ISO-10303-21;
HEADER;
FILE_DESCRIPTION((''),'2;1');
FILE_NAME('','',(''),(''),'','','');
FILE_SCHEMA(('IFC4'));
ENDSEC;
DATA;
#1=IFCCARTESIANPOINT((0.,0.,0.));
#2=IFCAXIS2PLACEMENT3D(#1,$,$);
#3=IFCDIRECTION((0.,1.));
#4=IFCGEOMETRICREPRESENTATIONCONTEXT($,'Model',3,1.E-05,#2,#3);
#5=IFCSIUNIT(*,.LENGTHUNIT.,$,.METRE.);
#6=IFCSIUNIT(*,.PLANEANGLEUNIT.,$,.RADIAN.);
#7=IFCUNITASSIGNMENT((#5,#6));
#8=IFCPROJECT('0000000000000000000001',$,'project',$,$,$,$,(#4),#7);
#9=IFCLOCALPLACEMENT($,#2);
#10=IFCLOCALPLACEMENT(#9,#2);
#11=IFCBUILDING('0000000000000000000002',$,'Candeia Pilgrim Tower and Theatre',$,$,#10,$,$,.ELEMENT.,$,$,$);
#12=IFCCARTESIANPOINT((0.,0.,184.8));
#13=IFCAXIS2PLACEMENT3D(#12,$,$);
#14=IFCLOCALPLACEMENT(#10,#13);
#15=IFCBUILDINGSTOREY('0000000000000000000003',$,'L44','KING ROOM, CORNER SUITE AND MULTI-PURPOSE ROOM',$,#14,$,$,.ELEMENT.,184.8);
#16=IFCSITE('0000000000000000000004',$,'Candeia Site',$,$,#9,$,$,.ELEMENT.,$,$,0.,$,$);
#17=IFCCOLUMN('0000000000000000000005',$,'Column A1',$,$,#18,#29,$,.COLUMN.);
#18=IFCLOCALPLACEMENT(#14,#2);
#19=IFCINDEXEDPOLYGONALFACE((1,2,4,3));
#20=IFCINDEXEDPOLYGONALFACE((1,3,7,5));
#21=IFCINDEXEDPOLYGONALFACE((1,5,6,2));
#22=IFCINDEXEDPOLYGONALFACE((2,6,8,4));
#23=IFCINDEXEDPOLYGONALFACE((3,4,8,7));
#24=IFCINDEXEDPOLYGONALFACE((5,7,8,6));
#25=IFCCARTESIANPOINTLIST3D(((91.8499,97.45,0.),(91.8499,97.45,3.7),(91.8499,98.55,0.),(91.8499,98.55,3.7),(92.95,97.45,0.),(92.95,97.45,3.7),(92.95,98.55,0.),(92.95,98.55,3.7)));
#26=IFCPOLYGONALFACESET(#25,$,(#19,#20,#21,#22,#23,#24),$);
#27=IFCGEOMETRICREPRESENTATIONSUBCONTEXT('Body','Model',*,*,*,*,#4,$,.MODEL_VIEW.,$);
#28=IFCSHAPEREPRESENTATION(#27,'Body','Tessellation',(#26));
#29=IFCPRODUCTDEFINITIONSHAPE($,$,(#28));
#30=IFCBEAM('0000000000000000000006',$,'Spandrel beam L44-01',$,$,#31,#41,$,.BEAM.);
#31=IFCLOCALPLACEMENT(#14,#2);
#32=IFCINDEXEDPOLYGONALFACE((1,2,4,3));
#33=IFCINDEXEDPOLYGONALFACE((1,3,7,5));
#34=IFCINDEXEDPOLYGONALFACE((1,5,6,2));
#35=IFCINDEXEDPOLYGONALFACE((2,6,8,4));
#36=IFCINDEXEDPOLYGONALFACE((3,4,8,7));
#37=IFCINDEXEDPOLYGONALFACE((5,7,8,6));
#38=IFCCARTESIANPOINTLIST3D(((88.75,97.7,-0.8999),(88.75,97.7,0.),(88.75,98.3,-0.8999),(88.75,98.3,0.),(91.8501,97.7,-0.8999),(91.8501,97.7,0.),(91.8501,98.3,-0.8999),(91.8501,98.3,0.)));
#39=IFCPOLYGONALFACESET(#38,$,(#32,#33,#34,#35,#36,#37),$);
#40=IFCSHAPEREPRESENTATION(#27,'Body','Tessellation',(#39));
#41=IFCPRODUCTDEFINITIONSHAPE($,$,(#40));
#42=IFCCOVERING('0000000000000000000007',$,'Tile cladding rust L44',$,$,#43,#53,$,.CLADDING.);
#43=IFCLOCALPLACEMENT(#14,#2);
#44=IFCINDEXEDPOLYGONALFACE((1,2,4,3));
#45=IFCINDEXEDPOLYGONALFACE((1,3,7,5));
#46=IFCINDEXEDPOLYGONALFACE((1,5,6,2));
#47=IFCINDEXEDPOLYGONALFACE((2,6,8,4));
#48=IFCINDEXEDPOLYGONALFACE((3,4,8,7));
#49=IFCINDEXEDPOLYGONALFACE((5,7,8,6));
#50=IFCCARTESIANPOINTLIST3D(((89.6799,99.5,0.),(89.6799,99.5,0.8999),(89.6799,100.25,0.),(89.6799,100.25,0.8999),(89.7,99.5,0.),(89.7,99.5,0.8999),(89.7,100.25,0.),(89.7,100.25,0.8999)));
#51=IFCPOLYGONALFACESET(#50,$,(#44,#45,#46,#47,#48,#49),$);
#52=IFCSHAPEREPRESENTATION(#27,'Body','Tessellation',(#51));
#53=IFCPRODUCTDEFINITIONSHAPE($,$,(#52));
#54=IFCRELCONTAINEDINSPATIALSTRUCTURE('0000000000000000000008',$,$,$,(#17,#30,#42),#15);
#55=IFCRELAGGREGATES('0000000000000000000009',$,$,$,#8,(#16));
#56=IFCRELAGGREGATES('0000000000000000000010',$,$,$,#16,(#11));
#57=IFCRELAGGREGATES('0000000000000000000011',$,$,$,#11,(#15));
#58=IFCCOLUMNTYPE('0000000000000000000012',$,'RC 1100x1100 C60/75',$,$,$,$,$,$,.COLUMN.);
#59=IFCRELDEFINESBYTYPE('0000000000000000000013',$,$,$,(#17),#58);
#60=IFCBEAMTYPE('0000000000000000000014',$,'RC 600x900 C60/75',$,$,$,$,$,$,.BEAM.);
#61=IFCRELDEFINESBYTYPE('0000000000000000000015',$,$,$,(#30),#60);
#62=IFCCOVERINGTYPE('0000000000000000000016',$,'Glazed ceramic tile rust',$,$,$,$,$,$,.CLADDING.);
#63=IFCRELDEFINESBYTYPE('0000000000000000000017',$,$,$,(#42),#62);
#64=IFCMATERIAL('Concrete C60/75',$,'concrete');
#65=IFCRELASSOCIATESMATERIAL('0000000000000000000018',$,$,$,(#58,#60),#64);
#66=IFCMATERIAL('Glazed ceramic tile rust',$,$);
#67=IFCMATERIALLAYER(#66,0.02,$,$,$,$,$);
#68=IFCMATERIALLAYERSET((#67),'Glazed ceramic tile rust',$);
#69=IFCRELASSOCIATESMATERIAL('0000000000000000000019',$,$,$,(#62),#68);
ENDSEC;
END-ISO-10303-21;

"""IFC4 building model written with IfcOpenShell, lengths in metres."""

from ifc_helpers import new_model, si_unit, direction, frame, origin, origin_2d, place, context, subcontext, project, spatial, rectangle, extrude, material, layer, layer_set, material_profile, profile_set, type_object, element, save


model = new_model("IFC4")

# Units and contexts
model_context = context("Model", 3, precision=1e-05, world=origin(), true_north=direction((0.0, 1.0)))
body_context = subcontext(model_context, "Body", "Model", "MODEL_VIEW")
ifc_project = project(units=[si_unit("LENGTHUNIT", "METRE"), si_unit("PLANEANGLEUNIT", "RADIAN")], contexts=[model_context])

# Site, building, storey
site_placement = place(None, origin())
site = spatial("IfcSite", under=ifc_project, at=site_placement, Name="Candeia Site", CompositionType="ELEMENT", RefElevation=0.0)
building_placement = place(site_placement, origin())
building = spatial("IfcBuilding", under=site, at=building_placement, Name="Candeia Pilgrim Tower and Theatre", CompositionType="ELEMENT")
storey_placement = place(building_placement, frame((0.0, 0.0, 184.8)))
storey = spatial("IfcBuildingStorey", under=building, at=storey_placement, Name="L44", Description="KING ROOM, CORNER SUITE AND MULTI-PURPOSE ROOM", CompositionType="ELEMENT", Elevation=184.8)

# Column
ifc_material_1 = material(Name="Concrete C60/75", Category="concrete")
ifc_material_profile_1 = material_profile(ifc_material_1, rectangle(XDim=1.1001, YDim=1.1001, at=origin_2d()))
ifc_profile_set_1 = profile_set([ifc_material_profile_1], Name="Concrete C60/75")
column_type = type_object("IfcColumnType", Name="RC 1100x1100 C60/75", PredefinedType="COLUMN", material=ifc_profile_set_1)
column_placement = place(storey_placement, frame((92.3999, 98.0, 0.0), z_axis=(0.0, 0.0, 1.0), x_axis=(1.0, 0.0, 0.0)))
element("IfcColumn", 1, at=column_placement, inside=storey, type_object=column_type, Name="Column A1", PredefinedType="COLUMN", context=body_context, shape_type="SweptSolid", body=[
    extrude(rectangle(XDim=1.1001, YDim=1.1001, at=origin_2d()), origin(), (0.0, 0.0, 1.0), 3.7),
])

# Beam
ifc_material_profile_2 = material_profile(ifc_material_1, rectangle(XDim=0.6001, YDim=0.8999, at=origin_2d()))
ifc_profile_set_2 = profile_set([ifc_material_profile_2], Name="Concrete C60/75")
beam_type = type_object("IfcBeamType", Name="RC 600x900 C60/75", PredefinedType="BEAM", material=ifc_profile_set_2)
beam_placement = place(storey_placement, frame((88.75, 98.0, -0.45), z_axis=(1.0, 0.0, 0.0), x_axis=(0.0, 1.0, 0.0)))
element("IfcBeam", 2, at=beam_placement, inside=storey, type_object=beam_type, Name="Spandrel beam L44-01", PredefinedType="BEAM", context=body_context, shape_type="SweptSolid", body=[
    extrude(rectangle(XDim=0.6001, YDim=0.8999, at=origin_2d()), origin(), (0.0, 0.0, 1.0), 3.1001),
])

# Covering
ifc_material_2 = material(Name="Glazed ceramic tile rust")
ifc_layer_1 = layer(ifc_material_2, 0.02)
ifc_layer_set_1 = layer_set([ifc_layer_1], Name="Glazed ceramic tile rust")
covering_type = type_object("IfcCoveringType", Name="Glazed ceramic tile rust", PredefinedType="CLADDING", material=ifc_layer_set_1)
covering_placement = place(storey_placement, frame((89.6899, 99.875, 0.0), z_axis=(0.0, 0.0, 1.0), x_axis=(0.0, -1.0, 0.0)))
element("IfcCovering", 3, at=covering_placement, inside=storey, type_object=covering_type, Name="Tile cladding rust L44", PredefinedType="CLADDING", context=body_context, shape_type="SweptSolid", body=[
    extrude(rectangle(XDim=0.75, YDim=0.02, at=origin_2d()), origin(), (0.0, 0.0, 1.0), 0.8999),
])

save(model, "model.ifc")
